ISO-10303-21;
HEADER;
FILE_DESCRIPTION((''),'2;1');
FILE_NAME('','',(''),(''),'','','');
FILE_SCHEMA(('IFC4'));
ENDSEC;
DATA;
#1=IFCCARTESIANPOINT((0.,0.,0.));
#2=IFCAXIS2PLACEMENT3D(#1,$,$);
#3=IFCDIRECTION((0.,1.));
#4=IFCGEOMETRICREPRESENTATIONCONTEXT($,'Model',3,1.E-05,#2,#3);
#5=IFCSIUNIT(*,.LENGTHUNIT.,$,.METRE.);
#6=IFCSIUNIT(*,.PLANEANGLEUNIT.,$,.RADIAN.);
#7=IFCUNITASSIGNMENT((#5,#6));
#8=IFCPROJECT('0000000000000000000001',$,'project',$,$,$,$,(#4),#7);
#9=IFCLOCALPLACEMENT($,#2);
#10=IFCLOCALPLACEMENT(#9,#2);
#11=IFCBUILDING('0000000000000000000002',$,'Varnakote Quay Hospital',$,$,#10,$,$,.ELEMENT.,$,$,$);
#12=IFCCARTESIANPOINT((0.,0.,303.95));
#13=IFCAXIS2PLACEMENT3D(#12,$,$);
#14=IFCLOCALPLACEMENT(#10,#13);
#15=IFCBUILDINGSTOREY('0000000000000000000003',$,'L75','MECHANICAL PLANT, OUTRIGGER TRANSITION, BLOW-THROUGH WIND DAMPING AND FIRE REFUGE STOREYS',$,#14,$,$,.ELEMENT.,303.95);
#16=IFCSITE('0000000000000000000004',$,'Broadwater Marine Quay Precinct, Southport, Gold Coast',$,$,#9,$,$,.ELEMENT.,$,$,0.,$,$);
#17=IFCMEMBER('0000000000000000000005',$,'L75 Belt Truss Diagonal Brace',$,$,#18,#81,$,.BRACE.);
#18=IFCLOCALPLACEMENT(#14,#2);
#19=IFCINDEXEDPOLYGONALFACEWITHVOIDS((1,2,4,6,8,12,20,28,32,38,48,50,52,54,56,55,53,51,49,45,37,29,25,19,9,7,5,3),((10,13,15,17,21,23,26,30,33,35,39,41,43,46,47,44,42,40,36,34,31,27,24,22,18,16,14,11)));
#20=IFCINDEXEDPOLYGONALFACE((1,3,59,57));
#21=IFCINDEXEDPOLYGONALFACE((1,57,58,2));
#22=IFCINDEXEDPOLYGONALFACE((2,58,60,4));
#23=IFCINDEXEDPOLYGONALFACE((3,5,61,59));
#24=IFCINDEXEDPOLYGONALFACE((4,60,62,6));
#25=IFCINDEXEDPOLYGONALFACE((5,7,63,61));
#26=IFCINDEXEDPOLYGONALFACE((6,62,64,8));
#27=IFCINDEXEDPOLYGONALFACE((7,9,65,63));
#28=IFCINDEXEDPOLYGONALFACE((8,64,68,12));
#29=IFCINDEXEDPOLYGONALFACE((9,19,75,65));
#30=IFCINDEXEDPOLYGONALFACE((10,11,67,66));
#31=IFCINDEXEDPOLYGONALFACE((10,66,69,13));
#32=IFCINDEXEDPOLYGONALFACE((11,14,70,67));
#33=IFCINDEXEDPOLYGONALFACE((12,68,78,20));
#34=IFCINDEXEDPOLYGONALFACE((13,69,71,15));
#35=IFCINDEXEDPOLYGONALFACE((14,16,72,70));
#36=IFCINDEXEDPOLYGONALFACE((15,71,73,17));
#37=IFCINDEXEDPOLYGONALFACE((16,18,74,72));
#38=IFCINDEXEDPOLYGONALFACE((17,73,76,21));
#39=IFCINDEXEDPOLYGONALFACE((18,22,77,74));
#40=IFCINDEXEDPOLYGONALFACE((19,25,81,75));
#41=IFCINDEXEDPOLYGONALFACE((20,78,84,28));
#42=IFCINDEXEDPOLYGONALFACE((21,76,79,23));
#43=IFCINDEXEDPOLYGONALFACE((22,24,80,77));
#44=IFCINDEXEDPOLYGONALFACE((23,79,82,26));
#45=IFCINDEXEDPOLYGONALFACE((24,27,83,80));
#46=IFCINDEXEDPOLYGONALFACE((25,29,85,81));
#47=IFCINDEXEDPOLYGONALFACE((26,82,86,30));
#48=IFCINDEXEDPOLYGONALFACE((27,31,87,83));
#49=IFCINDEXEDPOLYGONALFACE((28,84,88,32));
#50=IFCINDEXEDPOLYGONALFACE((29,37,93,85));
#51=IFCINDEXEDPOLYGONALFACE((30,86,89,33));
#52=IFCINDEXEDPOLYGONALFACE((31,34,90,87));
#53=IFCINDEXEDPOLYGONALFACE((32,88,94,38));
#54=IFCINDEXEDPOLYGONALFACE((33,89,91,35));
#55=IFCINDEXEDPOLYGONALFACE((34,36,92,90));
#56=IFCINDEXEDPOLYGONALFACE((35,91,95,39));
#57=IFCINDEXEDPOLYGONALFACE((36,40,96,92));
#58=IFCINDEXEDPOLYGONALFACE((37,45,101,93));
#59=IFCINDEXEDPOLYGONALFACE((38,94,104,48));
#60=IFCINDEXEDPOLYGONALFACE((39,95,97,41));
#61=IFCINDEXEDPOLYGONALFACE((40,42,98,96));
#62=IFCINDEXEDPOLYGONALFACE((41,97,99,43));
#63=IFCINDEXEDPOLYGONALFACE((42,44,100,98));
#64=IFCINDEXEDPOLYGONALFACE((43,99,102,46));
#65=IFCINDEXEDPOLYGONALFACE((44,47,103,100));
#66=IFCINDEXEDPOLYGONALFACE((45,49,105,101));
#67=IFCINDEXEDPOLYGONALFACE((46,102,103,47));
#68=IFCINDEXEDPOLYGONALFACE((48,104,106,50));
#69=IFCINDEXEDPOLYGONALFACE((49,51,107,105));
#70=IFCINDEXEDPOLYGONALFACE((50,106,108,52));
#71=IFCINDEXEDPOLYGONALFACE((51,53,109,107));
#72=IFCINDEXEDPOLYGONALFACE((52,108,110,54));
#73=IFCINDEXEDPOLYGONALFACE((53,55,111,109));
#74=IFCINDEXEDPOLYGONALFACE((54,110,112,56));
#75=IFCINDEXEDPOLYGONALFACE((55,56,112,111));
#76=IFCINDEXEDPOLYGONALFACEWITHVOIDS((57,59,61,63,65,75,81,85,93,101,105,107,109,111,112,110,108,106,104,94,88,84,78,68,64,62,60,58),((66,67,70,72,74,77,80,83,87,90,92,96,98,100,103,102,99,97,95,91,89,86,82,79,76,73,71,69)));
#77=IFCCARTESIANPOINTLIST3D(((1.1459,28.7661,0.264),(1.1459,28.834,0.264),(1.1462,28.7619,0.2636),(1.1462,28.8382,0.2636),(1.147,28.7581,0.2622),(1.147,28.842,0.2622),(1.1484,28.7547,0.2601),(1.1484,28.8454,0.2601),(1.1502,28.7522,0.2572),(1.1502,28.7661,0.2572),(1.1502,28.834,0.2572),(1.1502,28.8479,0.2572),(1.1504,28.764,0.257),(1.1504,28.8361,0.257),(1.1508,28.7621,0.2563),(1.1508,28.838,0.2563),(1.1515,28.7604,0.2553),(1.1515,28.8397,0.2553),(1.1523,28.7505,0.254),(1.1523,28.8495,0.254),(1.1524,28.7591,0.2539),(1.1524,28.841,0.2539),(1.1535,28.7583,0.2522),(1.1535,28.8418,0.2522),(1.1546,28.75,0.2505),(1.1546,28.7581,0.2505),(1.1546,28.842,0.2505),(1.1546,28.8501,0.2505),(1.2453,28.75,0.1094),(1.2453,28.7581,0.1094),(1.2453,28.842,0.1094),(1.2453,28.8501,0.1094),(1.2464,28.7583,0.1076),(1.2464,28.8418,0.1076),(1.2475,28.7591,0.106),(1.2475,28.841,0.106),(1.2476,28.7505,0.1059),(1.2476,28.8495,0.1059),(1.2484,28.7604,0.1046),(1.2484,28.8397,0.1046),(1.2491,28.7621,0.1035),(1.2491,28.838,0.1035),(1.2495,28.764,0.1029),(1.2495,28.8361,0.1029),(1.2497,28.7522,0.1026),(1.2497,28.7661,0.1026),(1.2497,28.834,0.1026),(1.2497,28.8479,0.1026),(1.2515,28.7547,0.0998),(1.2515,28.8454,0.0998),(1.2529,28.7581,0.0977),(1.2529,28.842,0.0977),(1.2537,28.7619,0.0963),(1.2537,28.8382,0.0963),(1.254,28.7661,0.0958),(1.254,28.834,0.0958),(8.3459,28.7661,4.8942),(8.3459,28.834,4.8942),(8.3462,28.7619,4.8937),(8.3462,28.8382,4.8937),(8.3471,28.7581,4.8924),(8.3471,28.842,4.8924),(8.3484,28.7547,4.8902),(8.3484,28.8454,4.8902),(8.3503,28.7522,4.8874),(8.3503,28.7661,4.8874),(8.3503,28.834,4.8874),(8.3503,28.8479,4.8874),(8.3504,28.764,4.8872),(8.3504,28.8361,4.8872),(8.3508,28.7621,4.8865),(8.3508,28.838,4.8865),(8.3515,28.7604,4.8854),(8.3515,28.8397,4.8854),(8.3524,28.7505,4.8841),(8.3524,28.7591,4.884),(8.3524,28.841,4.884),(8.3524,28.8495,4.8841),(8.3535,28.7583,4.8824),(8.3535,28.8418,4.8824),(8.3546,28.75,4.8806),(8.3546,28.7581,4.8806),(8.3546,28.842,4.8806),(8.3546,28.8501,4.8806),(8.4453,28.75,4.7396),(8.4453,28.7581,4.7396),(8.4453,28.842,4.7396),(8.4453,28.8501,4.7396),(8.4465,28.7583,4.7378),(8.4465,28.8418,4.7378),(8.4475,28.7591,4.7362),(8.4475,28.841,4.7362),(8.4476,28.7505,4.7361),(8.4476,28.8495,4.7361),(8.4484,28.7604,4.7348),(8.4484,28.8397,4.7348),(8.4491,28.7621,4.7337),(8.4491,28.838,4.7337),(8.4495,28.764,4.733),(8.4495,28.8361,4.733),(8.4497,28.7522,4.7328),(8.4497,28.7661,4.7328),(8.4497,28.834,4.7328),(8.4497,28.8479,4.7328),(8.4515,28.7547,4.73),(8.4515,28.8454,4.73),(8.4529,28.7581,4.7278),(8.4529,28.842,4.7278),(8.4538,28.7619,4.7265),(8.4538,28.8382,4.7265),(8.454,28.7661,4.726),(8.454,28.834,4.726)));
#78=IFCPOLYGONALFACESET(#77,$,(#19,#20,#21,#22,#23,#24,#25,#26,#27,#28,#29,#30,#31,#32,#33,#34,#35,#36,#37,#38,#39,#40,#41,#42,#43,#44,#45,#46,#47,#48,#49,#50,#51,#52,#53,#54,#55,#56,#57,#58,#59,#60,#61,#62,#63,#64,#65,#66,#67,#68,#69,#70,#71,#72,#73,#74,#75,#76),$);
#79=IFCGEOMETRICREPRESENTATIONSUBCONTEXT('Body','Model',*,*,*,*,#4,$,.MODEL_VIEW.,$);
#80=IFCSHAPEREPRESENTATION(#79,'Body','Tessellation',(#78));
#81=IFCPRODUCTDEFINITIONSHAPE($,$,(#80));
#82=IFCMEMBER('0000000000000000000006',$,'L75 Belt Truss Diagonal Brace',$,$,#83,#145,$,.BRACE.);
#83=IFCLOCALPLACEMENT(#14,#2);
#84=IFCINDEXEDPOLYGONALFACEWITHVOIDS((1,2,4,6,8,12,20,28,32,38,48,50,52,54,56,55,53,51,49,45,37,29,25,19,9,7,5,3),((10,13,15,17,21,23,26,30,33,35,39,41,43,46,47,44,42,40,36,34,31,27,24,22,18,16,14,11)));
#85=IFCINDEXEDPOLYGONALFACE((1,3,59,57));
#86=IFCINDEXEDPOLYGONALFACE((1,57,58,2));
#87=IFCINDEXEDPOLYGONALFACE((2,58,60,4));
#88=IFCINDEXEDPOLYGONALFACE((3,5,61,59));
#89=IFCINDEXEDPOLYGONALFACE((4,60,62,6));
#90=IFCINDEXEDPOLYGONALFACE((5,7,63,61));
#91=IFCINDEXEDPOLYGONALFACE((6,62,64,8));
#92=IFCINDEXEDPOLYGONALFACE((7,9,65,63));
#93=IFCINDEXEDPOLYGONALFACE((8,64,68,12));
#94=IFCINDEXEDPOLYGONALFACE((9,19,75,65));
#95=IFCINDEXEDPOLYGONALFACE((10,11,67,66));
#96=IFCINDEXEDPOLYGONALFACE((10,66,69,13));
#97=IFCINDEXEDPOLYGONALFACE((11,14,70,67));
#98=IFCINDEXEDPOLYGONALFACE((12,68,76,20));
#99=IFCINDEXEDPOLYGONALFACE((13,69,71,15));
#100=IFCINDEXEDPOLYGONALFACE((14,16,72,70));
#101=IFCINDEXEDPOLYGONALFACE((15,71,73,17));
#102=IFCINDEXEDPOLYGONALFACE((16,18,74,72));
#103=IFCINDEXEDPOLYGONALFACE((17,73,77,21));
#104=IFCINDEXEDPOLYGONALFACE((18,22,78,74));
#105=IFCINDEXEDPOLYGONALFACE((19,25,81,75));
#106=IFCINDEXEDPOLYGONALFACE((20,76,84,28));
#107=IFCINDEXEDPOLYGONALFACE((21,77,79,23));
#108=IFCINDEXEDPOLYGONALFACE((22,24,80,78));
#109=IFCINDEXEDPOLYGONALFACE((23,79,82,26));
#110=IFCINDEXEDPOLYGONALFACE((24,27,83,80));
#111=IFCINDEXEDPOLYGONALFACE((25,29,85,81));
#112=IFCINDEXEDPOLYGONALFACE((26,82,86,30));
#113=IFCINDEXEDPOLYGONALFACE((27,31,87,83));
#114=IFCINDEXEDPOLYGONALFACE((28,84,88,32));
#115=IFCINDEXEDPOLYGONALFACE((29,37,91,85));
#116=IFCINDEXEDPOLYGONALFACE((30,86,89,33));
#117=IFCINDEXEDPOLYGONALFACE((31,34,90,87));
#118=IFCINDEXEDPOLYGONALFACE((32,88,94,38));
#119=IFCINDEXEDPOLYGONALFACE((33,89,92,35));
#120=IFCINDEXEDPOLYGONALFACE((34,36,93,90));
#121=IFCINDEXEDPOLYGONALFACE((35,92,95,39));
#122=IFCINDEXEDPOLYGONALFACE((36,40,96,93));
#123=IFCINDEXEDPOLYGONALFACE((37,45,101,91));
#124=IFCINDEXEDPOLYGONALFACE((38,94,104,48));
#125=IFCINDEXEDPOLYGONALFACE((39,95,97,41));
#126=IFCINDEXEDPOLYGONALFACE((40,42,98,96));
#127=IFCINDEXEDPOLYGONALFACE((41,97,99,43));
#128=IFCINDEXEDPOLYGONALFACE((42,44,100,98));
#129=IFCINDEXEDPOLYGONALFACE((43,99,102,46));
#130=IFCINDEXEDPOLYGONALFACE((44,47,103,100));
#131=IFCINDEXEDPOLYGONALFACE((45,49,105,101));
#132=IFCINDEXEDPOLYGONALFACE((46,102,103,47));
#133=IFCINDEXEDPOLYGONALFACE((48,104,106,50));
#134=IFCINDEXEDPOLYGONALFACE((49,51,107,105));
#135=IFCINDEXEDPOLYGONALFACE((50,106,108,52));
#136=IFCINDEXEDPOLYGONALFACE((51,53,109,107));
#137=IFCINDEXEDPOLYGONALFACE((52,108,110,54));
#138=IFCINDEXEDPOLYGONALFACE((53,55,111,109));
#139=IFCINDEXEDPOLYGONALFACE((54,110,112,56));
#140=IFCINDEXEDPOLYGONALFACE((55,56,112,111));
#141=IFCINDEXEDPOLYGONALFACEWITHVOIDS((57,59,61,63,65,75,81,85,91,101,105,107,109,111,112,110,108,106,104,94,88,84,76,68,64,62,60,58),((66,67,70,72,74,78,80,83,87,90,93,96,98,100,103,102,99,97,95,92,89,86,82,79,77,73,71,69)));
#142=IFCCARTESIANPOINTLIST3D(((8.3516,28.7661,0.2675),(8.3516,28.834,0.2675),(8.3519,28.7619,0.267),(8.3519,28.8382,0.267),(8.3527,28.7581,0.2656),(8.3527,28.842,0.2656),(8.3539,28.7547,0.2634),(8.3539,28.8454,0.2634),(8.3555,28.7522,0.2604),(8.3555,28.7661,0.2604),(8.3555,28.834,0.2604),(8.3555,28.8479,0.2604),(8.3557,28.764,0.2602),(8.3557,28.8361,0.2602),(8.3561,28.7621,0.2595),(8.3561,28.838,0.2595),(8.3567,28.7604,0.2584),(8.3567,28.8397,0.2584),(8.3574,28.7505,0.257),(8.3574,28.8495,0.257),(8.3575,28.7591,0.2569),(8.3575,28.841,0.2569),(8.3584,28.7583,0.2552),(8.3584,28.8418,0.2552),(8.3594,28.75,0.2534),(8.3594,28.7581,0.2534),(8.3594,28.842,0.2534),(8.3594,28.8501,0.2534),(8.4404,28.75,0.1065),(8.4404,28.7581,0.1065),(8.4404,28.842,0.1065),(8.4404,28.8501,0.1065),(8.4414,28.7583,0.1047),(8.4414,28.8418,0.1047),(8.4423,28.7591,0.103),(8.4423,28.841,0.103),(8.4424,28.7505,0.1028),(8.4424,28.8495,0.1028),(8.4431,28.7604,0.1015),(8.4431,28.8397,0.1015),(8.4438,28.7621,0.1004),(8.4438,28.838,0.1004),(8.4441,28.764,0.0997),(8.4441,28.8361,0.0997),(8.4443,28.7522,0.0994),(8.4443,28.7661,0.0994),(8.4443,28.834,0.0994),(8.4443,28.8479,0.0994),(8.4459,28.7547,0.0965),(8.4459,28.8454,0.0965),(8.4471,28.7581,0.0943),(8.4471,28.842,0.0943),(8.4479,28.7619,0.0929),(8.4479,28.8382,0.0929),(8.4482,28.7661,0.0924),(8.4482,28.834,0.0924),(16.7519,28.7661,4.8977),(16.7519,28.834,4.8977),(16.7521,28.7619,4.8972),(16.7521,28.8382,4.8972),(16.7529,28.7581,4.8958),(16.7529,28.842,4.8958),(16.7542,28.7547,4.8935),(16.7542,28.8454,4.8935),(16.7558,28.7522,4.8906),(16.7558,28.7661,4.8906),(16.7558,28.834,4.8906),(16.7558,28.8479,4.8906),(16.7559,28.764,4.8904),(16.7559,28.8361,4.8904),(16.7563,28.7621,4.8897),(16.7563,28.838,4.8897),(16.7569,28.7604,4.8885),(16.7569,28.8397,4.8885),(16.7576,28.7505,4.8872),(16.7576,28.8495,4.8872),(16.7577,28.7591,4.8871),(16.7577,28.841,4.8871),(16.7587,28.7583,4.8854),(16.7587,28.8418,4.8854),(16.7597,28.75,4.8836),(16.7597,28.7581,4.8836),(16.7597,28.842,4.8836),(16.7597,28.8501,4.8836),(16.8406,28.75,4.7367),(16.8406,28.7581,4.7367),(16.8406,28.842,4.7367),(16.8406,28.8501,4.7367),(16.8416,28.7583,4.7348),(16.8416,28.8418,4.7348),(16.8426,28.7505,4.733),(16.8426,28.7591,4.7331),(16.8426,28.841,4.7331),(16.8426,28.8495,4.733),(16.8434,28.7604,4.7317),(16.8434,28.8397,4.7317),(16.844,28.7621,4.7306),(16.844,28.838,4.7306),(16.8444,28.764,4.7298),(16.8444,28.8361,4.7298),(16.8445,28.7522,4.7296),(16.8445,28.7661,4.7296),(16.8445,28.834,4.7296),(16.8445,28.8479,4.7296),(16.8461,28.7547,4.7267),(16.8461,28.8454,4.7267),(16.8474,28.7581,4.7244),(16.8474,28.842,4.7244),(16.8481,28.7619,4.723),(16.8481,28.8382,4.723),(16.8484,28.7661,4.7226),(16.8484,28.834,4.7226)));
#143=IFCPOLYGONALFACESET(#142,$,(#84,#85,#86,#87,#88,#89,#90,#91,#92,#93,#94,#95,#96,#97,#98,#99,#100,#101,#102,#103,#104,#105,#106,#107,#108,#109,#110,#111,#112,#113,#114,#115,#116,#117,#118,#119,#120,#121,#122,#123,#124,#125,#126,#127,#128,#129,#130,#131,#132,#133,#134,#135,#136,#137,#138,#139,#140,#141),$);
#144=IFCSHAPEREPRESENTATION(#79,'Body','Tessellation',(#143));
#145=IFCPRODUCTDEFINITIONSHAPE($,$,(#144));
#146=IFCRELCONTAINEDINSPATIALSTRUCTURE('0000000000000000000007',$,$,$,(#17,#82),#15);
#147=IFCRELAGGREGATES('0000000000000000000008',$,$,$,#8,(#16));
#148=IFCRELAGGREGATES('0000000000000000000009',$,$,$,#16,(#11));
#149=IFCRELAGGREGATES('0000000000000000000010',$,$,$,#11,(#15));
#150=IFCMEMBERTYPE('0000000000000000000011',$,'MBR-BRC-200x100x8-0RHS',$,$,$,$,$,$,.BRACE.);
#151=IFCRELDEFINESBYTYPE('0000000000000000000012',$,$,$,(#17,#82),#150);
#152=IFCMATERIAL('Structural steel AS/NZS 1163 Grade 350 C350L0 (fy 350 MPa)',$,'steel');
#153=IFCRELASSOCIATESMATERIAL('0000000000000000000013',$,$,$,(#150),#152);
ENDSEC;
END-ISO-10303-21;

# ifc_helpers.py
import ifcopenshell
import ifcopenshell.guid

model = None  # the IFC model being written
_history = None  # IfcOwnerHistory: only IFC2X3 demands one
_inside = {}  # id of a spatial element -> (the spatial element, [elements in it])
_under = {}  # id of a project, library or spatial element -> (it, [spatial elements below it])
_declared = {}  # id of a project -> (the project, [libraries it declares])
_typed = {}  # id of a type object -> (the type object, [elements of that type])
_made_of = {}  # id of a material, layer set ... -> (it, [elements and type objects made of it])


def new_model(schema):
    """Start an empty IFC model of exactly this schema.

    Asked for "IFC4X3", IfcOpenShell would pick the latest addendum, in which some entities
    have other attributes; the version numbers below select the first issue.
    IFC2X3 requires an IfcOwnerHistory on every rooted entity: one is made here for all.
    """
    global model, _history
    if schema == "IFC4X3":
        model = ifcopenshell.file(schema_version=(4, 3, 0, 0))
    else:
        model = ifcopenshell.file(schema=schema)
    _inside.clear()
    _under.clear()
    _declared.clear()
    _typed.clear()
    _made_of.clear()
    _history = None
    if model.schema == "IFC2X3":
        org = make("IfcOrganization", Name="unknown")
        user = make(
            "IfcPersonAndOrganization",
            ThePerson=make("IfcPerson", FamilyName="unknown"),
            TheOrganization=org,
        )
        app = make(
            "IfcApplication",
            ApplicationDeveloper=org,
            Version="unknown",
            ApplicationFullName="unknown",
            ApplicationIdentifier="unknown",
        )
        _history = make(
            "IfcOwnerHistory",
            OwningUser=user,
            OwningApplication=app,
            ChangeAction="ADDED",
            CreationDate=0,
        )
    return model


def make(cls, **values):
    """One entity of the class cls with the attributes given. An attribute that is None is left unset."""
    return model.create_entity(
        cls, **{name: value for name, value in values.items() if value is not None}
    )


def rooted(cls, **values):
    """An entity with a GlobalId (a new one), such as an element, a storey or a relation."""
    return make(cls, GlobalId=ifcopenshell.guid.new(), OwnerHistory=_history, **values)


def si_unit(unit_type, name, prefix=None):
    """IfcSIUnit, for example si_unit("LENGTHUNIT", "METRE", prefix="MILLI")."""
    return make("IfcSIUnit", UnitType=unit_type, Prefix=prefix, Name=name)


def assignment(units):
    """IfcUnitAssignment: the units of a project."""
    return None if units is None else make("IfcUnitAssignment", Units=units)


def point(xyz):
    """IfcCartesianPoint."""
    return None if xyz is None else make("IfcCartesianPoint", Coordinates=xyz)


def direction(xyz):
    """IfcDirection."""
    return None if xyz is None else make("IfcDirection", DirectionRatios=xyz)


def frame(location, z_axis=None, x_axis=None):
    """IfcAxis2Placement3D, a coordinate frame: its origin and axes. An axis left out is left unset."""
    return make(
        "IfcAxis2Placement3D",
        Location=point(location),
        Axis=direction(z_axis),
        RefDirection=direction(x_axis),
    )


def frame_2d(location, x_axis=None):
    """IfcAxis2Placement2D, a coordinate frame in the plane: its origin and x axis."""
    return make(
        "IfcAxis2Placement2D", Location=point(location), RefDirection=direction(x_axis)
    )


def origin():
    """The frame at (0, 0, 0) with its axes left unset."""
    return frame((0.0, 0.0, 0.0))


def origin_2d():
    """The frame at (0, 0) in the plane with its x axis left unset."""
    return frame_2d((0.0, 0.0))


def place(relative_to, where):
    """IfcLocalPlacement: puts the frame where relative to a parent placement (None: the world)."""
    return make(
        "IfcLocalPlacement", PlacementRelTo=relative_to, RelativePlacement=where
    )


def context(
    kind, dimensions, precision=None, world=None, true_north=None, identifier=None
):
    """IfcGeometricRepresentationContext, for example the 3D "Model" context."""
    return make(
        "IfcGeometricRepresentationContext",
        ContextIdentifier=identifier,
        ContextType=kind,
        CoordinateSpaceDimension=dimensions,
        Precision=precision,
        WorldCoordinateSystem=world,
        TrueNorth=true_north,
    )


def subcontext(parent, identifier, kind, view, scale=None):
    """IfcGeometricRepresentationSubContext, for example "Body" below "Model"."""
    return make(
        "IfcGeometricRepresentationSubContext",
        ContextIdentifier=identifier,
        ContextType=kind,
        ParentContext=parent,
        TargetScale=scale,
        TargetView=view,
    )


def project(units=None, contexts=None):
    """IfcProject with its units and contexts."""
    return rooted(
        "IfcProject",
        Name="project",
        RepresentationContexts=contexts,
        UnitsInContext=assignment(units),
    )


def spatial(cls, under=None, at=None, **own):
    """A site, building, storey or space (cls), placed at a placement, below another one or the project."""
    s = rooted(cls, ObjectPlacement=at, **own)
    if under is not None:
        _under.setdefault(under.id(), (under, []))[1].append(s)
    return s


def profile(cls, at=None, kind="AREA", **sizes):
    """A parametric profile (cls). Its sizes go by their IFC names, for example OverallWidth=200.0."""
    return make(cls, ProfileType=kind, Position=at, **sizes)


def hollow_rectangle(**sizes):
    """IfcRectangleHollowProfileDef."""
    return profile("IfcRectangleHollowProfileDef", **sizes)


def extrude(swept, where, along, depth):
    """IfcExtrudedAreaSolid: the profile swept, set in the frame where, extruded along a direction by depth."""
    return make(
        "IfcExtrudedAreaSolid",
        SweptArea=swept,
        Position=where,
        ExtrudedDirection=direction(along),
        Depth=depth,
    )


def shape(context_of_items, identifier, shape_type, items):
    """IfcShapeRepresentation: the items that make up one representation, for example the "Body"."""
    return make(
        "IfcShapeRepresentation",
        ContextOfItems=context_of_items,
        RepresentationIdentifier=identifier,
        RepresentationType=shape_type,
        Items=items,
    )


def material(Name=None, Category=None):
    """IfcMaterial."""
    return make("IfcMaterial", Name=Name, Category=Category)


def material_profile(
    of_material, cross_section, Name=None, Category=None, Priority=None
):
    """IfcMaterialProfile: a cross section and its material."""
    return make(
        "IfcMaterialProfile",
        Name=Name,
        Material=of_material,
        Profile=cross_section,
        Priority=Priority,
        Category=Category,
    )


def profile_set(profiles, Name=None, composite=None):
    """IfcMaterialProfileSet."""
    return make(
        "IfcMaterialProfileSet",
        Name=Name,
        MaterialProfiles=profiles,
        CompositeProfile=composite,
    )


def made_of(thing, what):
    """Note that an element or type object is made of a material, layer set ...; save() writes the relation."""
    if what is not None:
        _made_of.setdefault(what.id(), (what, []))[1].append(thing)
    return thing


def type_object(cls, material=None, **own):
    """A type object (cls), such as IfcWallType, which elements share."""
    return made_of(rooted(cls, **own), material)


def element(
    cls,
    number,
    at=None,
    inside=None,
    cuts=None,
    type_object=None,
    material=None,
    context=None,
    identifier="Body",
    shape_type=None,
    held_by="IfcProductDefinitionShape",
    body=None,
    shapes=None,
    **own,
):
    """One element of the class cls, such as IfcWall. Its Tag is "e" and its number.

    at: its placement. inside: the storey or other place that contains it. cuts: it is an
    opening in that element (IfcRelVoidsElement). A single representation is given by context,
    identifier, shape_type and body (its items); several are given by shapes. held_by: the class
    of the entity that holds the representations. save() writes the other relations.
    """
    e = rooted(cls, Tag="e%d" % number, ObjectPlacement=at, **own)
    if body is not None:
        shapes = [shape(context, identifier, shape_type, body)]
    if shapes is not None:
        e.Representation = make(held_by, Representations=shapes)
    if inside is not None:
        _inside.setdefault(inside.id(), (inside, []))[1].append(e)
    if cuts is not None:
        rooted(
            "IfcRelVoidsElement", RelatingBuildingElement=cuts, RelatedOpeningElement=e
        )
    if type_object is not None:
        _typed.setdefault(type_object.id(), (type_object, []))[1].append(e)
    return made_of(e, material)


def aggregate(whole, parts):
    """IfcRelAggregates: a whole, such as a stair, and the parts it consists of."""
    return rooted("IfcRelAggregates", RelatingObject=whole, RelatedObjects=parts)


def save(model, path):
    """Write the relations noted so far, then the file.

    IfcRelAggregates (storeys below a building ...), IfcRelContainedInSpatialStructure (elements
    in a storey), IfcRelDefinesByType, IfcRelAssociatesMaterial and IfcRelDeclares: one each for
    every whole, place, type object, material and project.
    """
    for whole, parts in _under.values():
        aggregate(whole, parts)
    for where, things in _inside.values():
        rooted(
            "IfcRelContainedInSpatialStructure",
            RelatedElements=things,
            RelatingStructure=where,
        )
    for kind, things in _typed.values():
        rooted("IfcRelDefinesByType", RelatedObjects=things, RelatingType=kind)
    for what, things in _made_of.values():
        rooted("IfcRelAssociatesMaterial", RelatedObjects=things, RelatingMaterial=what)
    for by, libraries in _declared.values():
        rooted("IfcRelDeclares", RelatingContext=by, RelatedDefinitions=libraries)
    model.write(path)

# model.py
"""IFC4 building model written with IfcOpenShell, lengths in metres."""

from ifc_helpers import new_model, si_unit, direction, frame, origin, origin_2d, place, context, subcontext, project, spatial, hollow_rectangle, extrude, material, material_profile, profile_set, type_object, element, save


model = new_model("IFC4")

# Units and contexts
model_context = context("Model", 3, precision=1e-05, world=origin(), true_north=direction((0.0, 1.0)))
body_context = subcontext(model_context, "Body", "Model", "MODEL_VIEW")
ifc_project = project(units=[si_unit("LENGTHUNIT", "METRE"), si_unit("PLANEANGLEUNIT", "RADIAN")], contexts=[model_context])

# Site, building, storey
site_placement = place(None, origin())
site = spatial("IfcSite", under=ifc_project, at=site_placement, Name="Broadwater Marine Quay Precinct, Southport, Gold Coast", CompositionType="ELEMENT", RefElevation=0.0)
building_placement = place(site_placement, origin())
building = spatial("IfcBuilding", under=site, at=building_placement, Name="Varnakote Quay Hospital", CompositionType="ELEMENT")
storey_placement = place(building_placement, frame((0.0, 0.0, 303.95)))
storey = spatial("IfcBuildingStorey", under=building, at=storey_placement, Name="L75", Description="MECHANICAL PLANT, OUTRIGGER TRANSITION, BLOW-THROUGH WIND DAMPING AND FIRE REFUGE STOREYS", CompositionType="ELEMENT", Elevation=303.95)

# Members
ifc_material_1 = material(Name="Structural steel AS/NZS 1163 Grade 350 C350L0 (fy 350 MPa)", Category="steel")
ifc_material_profile_1 = material_profile(ifc_material_1, hollow_rectangle(XDim=0.1001, YDim=0.2, WallThickness=0.0081, InnerFilletRadius=0.0081, OuterFilletRadius=0.0161, at=origin_2d()), Name="200x100x8.0RHS")
ifc_profile_set_1 = profile_set([ifc_material_profile_1], Name="Structural steel AS/NZS 1163 Grade 350 C350L0 (fy 350 MPa)")
member_type_1 = type_object("IfcMemberType", Name="MBR-BRC-200x100x8-0RHS", PredefinedType="BRACE", material=ifc_profile_set_1)
member_1_placement = place(storey_placement, frame((1.2, 28.8, 0.1799), z_axis=(0.841094, 0.0, 0.540889), x_axis=(0.0, 1.0, 0.0)))
element("IfcMember", 1, at=member_1_placement, inside=storey, type_object=member_type_1, Name="L75 Belt Truss Diagonal Brace", PredefinedType="BRACE", context=body_context, shape_type="SweptSolid", body=[
    extrude(hollow_rectangle(XDim=0.1001, YDim=0.2, WallThickness=0.0081, InnerFilletRadius=0.0081, OuterFilletRadius=0.0161, at=origin_2d()), origin(), (0.0, 0.0, 1.0), 8.5603),
])
member_2_placement = place(storey_placement, frame((8.3999, 28.8, 0.1799), z_axis=(0.875773, 0.0, 0.482723), x_axis=(0.0, 1.0, 0.0)))
element("IfcMember", 2, at=member_2_placement, inside=storey, type_object=member_type_1, Name="L75 Belt Truss Diagonal Brace", PredefinedType="BRACE", context=body_context, shape_type="SweptSolid", body=[
    extrude(hollow_rectangle(XDim=0.1001, YDim=0.2, WallThickness=0.0081, InnerFilletRadius=0.0081, OuterFilletRadius=0.0161, at=origin_2d()), origin(), (0.0, 0.0, 1.0), 9.5918),
])

save(model, "model.ifc")
